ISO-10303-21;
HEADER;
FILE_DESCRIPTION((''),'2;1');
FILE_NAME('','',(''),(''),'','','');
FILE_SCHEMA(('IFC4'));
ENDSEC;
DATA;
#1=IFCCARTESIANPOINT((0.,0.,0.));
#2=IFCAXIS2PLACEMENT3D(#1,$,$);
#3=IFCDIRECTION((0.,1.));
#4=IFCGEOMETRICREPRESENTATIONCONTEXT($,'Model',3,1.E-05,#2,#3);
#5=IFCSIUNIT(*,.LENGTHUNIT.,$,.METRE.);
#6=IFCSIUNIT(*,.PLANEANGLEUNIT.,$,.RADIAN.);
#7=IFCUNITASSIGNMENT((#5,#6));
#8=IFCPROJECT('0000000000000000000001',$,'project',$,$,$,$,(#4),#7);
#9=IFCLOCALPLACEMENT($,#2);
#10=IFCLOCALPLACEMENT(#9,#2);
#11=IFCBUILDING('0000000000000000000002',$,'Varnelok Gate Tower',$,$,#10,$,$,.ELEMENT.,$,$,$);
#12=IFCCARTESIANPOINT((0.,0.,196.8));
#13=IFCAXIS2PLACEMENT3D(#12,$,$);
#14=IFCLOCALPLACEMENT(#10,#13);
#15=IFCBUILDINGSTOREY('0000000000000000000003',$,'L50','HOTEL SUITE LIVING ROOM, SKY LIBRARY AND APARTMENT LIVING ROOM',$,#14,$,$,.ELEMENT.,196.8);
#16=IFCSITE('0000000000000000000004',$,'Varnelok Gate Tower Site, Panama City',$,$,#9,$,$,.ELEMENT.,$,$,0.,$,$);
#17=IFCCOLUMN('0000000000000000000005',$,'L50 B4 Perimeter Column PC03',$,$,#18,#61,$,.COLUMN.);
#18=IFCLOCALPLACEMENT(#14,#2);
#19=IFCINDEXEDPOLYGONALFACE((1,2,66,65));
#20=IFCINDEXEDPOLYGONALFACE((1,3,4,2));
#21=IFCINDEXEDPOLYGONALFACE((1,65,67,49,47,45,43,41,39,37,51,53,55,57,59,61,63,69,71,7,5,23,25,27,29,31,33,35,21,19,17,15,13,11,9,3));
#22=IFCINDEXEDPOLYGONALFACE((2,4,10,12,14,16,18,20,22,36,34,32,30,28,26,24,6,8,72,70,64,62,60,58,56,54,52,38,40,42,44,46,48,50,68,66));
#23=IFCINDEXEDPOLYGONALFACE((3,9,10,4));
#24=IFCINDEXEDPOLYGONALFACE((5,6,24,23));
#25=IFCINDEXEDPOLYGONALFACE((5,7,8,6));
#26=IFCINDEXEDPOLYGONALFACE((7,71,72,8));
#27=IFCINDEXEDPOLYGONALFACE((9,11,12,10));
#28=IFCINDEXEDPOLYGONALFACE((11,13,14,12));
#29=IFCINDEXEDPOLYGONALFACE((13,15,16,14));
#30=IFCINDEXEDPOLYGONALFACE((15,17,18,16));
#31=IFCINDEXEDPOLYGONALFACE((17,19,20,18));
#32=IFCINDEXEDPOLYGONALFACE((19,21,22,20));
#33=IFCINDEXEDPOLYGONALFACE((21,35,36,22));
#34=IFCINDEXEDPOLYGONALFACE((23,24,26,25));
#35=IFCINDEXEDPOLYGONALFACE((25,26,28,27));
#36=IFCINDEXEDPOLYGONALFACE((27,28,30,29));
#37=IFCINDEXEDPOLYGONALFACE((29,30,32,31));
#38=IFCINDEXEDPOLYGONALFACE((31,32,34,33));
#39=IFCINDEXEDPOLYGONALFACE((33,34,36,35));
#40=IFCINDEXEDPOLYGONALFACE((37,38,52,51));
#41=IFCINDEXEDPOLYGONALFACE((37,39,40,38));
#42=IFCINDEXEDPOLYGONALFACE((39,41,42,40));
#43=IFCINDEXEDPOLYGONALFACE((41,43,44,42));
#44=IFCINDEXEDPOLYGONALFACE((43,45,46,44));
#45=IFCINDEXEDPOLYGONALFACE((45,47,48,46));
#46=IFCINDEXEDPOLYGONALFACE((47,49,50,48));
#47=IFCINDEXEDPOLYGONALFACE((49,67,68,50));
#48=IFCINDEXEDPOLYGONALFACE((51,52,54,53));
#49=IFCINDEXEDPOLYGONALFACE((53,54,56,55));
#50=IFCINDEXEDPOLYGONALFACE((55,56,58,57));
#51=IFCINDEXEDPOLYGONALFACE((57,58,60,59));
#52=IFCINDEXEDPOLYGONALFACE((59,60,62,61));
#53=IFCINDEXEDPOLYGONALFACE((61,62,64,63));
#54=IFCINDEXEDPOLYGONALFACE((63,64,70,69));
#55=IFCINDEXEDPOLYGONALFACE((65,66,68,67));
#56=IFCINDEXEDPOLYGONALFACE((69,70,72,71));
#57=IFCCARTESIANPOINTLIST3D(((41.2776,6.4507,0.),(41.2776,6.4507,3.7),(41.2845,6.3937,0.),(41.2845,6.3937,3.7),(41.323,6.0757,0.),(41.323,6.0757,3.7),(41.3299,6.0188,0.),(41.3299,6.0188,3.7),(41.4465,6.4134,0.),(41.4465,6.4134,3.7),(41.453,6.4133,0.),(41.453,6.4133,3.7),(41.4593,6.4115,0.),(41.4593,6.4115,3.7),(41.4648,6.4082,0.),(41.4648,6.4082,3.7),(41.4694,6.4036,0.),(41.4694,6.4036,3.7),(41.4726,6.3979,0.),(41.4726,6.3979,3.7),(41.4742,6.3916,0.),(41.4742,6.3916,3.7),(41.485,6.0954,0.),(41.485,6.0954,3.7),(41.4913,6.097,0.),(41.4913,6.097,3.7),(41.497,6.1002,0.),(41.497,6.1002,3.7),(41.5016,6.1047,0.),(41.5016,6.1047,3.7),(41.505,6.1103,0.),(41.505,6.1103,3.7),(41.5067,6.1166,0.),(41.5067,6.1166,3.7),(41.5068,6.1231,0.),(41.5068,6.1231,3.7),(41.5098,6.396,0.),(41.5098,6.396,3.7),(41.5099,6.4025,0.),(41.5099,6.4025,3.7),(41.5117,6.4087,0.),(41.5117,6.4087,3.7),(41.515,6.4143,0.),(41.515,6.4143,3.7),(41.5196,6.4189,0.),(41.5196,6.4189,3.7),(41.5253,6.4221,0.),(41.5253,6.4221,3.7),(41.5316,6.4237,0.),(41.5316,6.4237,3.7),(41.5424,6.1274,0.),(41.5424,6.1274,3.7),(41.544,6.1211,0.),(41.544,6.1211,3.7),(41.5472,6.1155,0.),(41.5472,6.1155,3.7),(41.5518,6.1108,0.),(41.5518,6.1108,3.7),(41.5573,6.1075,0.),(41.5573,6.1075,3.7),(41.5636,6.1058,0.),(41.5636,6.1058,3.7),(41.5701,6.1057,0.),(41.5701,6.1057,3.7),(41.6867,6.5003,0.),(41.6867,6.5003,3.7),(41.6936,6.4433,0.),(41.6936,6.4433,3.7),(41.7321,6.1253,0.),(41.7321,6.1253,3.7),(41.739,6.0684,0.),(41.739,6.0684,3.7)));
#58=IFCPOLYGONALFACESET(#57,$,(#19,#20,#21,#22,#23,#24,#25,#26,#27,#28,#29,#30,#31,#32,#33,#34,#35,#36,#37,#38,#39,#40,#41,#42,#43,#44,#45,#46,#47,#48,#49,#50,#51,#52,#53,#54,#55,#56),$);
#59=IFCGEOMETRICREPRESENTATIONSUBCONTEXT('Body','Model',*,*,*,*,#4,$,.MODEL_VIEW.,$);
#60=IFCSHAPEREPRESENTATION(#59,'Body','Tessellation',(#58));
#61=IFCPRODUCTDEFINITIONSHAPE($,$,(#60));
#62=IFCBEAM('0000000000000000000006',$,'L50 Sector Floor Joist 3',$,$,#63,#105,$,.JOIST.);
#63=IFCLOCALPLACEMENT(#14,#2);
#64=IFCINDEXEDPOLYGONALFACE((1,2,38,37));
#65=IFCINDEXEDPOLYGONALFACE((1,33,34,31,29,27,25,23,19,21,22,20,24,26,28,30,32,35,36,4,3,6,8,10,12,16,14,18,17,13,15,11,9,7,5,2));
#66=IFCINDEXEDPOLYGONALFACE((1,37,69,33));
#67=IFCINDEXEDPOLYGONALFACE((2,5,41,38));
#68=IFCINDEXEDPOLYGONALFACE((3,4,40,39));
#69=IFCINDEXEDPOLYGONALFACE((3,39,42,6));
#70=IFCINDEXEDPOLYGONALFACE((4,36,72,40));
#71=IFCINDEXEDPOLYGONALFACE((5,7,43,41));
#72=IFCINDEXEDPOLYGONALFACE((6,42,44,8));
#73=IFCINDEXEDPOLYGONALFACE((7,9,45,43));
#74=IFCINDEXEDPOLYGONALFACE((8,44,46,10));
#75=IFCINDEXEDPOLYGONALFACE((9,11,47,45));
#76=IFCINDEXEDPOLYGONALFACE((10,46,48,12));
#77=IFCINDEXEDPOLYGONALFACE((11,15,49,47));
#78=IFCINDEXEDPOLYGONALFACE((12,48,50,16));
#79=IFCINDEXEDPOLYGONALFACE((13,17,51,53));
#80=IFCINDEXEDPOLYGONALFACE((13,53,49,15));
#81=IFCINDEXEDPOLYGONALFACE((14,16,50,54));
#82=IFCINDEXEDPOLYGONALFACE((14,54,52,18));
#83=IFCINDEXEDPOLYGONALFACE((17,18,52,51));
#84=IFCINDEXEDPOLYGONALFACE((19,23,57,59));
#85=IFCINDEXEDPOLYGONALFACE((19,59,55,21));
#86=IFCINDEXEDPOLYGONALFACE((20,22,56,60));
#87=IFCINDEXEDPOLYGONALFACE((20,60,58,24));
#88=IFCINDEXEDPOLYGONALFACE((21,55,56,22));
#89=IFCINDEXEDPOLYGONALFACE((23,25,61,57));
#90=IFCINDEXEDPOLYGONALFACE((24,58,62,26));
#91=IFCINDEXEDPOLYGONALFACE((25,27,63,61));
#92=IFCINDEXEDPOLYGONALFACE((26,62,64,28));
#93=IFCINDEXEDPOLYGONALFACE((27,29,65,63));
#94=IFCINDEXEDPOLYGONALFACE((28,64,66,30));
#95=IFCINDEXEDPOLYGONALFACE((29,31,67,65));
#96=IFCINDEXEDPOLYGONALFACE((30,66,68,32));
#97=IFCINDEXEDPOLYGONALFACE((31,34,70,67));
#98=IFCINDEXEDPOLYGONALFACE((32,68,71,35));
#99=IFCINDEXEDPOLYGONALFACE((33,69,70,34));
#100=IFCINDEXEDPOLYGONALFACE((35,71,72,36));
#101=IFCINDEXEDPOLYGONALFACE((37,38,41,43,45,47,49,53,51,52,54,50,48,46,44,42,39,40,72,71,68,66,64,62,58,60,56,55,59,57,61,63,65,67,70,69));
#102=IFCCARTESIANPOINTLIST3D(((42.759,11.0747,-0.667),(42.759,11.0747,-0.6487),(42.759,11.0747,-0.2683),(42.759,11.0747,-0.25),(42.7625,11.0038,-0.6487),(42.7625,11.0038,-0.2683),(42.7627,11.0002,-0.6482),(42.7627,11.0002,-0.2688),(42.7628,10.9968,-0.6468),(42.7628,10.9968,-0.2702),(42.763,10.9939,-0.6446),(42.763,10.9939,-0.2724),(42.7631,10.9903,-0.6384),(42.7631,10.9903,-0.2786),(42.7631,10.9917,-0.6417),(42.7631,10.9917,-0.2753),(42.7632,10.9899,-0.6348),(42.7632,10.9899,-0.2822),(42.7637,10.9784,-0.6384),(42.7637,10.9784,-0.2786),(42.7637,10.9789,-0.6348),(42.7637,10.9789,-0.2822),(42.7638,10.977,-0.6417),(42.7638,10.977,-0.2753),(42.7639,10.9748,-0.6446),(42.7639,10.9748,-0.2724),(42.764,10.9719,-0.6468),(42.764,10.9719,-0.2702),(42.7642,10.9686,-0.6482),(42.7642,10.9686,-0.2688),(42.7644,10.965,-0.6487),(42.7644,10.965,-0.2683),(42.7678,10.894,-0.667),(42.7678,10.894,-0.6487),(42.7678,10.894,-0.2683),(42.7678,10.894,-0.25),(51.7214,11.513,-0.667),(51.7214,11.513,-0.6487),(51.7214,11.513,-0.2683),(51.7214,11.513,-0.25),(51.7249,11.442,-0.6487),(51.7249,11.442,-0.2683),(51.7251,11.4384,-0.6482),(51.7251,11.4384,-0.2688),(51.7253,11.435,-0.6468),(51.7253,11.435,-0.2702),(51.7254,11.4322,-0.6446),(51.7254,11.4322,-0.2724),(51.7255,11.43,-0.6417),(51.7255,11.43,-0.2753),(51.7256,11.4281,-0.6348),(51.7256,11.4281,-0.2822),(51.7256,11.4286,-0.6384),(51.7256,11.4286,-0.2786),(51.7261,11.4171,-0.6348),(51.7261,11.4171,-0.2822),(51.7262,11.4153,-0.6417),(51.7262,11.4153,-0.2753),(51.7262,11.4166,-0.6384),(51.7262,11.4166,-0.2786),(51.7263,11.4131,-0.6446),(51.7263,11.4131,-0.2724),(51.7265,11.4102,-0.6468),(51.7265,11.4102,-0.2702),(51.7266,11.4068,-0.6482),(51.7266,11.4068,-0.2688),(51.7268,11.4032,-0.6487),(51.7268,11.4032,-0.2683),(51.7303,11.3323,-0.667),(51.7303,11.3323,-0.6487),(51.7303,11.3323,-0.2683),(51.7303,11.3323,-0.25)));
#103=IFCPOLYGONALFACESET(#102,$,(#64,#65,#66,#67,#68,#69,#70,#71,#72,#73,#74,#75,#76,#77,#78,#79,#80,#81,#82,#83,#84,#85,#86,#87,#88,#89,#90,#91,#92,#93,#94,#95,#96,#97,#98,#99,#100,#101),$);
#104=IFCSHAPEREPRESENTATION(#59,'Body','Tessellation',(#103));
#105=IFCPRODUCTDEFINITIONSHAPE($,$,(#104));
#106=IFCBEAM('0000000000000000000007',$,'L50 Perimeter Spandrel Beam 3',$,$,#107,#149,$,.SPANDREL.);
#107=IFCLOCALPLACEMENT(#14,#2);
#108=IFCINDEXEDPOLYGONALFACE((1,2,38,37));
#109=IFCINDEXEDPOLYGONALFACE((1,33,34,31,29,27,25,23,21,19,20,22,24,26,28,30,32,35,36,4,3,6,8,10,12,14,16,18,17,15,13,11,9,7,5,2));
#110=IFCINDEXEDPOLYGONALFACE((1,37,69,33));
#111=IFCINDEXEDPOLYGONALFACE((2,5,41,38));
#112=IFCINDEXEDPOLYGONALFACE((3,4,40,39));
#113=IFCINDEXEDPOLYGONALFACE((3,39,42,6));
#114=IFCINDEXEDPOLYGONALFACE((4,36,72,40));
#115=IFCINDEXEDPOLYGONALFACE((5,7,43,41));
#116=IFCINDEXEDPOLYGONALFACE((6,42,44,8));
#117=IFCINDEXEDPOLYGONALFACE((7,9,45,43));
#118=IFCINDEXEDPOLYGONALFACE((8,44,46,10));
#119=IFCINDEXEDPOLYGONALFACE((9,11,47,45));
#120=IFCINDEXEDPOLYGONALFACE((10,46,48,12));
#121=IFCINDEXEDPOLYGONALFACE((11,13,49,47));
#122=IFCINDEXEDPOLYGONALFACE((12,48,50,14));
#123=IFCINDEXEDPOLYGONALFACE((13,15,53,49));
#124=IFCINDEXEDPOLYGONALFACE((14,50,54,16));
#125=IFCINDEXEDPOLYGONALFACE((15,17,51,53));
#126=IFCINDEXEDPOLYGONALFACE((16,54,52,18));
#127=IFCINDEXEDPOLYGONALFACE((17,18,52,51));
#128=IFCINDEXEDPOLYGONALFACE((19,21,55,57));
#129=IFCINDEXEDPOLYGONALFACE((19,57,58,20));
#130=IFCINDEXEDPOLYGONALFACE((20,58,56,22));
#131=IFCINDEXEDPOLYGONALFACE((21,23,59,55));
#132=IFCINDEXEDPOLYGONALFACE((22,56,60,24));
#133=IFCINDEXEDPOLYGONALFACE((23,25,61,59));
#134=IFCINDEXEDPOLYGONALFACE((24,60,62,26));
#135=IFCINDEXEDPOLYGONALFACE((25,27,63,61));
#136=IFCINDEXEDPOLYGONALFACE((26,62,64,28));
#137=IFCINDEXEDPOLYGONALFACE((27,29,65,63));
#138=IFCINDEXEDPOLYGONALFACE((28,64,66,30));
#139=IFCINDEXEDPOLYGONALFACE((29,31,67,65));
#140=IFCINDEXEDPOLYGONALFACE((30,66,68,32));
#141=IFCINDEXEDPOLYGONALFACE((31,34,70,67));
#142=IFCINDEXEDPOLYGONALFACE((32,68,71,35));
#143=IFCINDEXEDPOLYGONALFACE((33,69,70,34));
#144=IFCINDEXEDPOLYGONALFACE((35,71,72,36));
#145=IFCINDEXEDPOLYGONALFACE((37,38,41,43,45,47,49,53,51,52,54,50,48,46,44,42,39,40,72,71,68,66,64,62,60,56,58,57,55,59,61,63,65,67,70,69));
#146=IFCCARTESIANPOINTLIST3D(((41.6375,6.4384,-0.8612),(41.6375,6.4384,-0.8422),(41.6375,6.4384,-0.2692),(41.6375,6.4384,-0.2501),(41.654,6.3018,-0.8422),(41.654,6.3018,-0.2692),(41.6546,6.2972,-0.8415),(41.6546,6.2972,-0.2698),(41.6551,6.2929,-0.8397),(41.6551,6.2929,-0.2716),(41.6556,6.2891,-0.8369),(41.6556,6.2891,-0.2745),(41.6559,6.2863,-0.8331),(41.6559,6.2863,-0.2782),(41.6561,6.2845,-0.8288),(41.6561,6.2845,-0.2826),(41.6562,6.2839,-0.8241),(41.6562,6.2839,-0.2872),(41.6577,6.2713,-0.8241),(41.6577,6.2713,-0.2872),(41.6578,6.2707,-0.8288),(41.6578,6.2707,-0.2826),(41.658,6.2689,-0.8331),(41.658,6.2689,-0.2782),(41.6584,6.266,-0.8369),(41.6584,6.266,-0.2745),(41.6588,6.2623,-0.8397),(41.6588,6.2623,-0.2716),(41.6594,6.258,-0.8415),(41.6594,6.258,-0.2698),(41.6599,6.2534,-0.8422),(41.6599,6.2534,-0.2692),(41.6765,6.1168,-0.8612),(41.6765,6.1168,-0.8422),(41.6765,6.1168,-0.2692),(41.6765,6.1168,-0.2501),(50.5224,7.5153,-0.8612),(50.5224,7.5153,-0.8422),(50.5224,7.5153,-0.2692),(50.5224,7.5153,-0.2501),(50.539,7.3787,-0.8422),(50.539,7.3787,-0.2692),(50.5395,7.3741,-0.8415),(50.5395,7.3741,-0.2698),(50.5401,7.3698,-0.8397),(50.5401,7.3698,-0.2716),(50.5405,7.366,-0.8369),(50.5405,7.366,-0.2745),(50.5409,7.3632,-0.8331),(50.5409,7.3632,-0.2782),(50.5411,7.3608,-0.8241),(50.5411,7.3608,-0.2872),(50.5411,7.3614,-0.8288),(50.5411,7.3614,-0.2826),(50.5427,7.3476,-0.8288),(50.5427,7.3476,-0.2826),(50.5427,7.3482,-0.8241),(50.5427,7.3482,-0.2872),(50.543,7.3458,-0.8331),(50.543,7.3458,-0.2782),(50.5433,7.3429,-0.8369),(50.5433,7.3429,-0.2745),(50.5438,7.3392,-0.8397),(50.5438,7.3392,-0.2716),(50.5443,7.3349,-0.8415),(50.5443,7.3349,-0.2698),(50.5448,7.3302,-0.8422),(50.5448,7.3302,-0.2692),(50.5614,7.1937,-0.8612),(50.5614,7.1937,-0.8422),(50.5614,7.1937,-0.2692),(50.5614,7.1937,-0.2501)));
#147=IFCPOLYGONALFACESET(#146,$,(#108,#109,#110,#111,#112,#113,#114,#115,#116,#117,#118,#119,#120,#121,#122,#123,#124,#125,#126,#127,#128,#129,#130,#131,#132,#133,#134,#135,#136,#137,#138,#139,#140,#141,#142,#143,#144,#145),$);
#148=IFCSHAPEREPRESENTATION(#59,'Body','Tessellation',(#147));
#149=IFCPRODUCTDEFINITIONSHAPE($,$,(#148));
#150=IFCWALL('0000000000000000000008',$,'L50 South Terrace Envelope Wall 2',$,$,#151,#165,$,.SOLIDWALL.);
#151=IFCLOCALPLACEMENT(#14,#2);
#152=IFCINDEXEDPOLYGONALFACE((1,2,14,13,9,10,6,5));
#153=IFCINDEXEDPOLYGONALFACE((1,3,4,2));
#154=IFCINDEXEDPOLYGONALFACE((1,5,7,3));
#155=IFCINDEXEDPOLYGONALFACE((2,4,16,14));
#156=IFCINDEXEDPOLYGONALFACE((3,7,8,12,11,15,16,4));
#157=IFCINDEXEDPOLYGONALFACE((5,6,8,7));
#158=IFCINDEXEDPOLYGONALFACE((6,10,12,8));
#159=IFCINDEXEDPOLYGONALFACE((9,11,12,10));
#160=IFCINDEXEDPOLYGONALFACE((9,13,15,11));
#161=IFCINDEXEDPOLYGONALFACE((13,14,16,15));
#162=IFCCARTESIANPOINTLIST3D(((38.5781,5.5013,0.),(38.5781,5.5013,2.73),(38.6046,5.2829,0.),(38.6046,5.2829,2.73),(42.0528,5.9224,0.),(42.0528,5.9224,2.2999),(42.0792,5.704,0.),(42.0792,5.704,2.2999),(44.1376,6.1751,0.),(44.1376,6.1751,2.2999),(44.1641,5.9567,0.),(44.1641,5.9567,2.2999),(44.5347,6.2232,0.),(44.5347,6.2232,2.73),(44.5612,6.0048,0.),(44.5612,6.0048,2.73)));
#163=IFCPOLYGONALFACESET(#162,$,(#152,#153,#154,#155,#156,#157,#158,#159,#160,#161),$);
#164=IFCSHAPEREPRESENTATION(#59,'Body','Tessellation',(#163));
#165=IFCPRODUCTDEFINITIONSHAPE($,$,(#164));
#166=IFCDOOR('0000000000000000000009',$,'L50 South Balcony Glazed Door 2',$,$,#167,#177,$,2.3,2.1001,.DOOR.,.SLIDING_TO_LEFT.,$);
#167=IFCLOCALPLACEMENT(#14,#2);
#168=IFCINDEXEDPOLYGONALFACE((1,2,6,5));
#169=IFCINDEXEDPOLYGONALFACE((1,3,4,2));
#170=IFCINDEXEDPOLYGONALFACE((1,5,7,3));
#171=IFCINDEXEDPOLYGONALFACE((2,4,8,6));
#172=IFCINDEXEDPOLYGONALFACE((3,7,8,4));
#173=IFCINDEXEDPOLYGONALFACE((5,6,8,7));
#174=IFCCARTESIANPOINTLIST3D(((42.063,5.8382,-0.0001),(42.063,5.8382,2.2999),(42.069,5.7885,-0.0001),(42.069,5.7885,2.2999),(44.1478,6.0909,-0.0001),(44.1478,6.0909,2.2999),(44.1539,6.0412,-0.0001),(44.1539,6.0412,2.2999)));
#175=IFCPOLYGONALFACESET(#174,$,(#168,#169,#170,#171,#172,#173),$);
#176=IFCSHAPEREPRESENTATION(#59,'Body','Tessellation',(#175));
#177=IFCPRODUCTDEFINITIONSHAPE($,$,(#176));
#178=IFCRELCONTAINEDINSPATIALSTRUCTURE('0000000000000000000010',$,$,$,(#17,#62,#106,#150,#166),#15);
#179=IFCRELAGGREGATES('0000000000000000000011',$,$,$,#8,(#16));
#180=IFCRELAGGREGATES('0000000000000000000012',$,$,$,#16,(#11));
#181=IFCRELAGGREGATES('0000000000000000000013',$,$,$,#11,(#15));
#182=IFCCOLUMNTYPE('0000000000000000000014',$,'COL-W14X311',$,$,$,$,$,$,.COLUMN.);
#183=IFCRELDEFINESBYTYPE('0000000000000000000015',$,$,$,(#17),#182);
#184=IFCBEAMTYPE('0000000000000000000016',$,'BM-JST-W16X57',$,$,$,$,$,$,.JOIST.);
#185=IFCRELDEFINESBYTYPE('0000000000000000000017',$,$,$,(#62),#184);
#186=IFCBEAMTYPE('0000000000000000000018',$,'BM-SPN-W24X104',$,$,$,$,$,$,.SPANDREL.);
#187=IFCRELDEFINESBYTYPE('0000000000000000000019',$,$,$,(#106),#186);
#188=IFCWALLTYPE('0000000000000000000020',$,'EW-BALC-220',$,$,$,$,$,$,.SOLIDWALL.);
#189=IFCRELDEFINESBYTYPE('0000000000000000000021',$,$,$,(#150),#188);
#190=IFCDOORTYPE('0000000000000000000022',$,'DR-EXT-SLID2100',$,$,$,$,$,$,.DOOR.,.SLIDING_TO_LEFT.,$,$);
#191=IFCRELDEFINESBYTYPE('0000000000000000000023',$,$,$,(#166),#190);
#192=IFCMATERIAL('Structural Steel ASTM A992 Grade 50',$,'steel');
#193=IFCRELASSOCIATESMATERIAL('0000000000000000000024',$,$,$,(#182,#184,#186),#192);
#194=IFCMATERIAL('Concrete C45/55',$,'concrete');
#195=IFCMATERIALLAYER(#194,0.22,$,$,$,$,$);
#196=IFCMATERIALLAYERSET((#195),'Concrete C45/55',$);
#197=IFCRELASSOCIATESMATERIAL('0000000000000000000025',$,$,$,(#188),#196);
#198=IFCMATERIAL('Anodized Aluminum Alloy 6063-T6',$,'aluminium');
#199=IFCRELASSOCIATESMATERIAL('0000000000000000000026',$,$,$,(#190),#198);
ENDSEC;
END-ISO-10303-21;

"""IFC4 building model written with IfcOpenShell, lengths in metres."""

from ifc_helpers import new_model, si_unit, direction, frame, frame_2d, origin, origin_2d, place, context, subcontext, project, spatial, rectangle, i_section, extrude, material, layer, layer_set, material_profile, profile_set, type_object, element, fill, save


model = new_model("IFC4")

# Units and contexts
model_context = context("Model", 3, precision=1e-05, world=origin(), true_north=direction((0.0, 1.0)))
body_context = subcontext(model_context, "Body", "Model", "MODEL_VIEW")
ifc_project = project(units=[si_unit("LENGTHUNIT", "METRE"), si_unit("PLANEANGLEUNIT", "RADIAN")], contexts=[model_context])

# Site, building, storey
site_placement = place(None, origin())
site = spatial("IfcSite", under=ifc_project, at=site_placement, Name="Varnelok Gate Tower Site, Panama City", CompositionType="ELEMENT", RefElevation=0.0)
building_placement = place(site_placement, origin())
building = spatial("IfcBuilding", under=site, at=building_placement, Name="Varnelok Gate Tower", CompositionType="ELEMENT")
storey_placement = place(building_placement, frame((0.0, 0.0, 196.8)))
storey = spatial("IfcBuildingStorey", under=building, at=storey_placement, Name="L50", Description="HOTEL SUITE LIVING ROOM, SKY LIBRARY AND APARTMENT LIVING ROOM", CompositionType="ELEMENT", Elevation=196.8)

# Column
ifc_material_1 = material(Name="Structural Steel ASTM A992 Grade 50", Category="steel")
ifc_material_profile_1 = material_profile(ifc_material_1, i_section(OverallWidth=0.4121, OverallDepth=0.4351, WebThickness=0.0359, FlangeThickness=0.0574, FilletRadius=0.0249, at=origin_2d()), Name="W14X311")
ifc_profile_set_1 = profile_set([ifc_material_profile_1], Name="Structural Steel ASTM A992 Grade 50")
column_type = type_object("IfcColumnType", Name="COL-W14X311", PredefinedType="COLUMN", material=ifc_profile_set_1)
column_placement = place(storey_placement, frame((41.5083, 6.2595, 0.0), z_axis=(0.0, 0.0, 1.0), x_axis=(0.992732, 0.120345, 0.0)))
element("IfcColumn", 1, at=column_placement, inside=storey, type_object=column_type, Name="L50 B4 Perimeter Column PC03", PredefinedType="COLUMN", context=body_context, shape_type="SweptSolid", body=[
    extrude(i_section(OverallWidth=0.4121, OverallDepth=0.4351, WebThickness=0.0359, FlangeThickness=0.0574, FilletRadius=0.0249, at=origin_2d()), origin(), (0.0, 0.0, 1.0), 3.7),
])

# Beams
ifc_material_profile_2 = material_profile(ifc_material_1, i_section(OverallWidth=0.1809, OverallDepth=0.417, WebThickness=0.011, FlangeThickness=0.0183, FilletRadius=0.0139, at=origin_2d()), Name="W16X57")
ifc_profile_set_2 = profile_set([ifc_material_profile_2], Name="Structural Steel ASTM A992 Grade 50")
beam_type_1 = type_object("IfcBeamType", Name="BM-JST-W16X57", PredefinedType="JOIST", material=ifc_profile_set_2)
beam_1_placement = place(storey_placement, frame((42.7634, 10.9844, -0.4585), z_axis=(0.998807, 0.048838, 0.0), x_axis=(-0.048838, 0.998807, 0.0)))
element("IfcBeam", 2, at=beam_1_placement, inside=storey, type_object=beam_type_1, Name="L50 Sector Floor Joist 3", PredefinedType="JOIST", context=body_context, shape_type="SweptSolid", body=[
    extrude(i_section(OverallWidth=0.1809, OverallDepth=0.417, WebThickness=0.011, FlangeThickness=0.0183, FilletRadius=0.0139, at=origin_2d()), origin(), (0.0, 0.0, 1.0), 8.9731),
])
ifc_material_profile_3 = material_profile(ifc_material_1, i_section(OverallWidth=0.324, OverallDepth=0.6111, WebThickness=0.0127, FlangeThickness=0.019, FilletRadius=0.0181, at=origin_2d()), Name="W24X104")
ifc_profile_set_3 = profile_set([ifc_material_profile_3], Name="Structural Steel ASTM A992 Grade 50")
beam_type_2 = type_object("IfcBeamType", Name="BM-SPN-W24X104", PredefinedType="SPANDREL", material=ifc_profile_set_3)
beam_2_placement = place(storey_placement, frame((41.657, 6.2776, -0.5557), z_axis=(0.992735, 0.120324, 0.0), x_axis=(-0.120324, 0.992735, 0.0)))
element("IfcBeam", 3, at=beam_2_placement, inside=storey, type_object=beam_type_2, Name="L50 Perimeter Spandrel Beam 3", PredefinedType="SPANDREL", context=body_context, shape_type="SweptSolid", body=[
    extrude(i_section(OverallWidth=0.324, OverallDepth=0.6111, WebThickness=0.0127, FlangeThickness=0.019, FilletRadius=0.0181, at=origin_2d()), origin(), (0.0, 0.0, 1.0), 8.95),
])

# Wall, opening, door
ifc_material_2 = material(Name="Concrete C45/55", Category="concrete")
ifc_layer_1 = layer(ifc_material_2, 0.22)
ifc_layer_set_1 = layer_set([ifc_layer_1], Name="Concrete C45/55")
wall_type_1 = type_object("IfcWallType", Name="EW-BALC-220", PredefinedType="SOLIDWALL", material=ifc_layer_set_1)
wall_1_placement = place(storey_placement, frame((44.5479, 6.114, 0.0), z_axis=(0.0, 0.0, 1.0), x_axis=(-0.992735, -0.120318, 0.0)))
wall_1 = element("IfcWall", 4, at=wall_1_placement, inside=storey, type_object=wall_type_1, Name="L50 South Terrace Envelope Wall 2", PredefinedType="SOLIDWALL", context=body_context, shape_type="SweptSolid", body=[
    extrude(rectangle(XDim=6.0002, YDim=0.22, at=frame_2d((3.0, 0.0))), origin(), (0.0, 0.0, 1.0), 2.73),
])
opening_1_placement = place(wall_1_placement, frame((0.3999, 0.0, 0.0)))
opening_1 = element("IfcOpeningElement", 5, at=opening_1_placement, cuts=wall_1, PredefinedType="OPENING", context=body_context, shape_type="SweptSolid", body=[
    extrude(rectangle(XDim=2.1001, YDim=2.3, at=frame_2d((1.05, 1.1499))), frame((0.0, 0.1199, 0.0), z_axis=(0.0, -1.0, 0.0), x_axis=(1.0, 0.0, 0.0)), (0.0, 0.0, 1.0), 0.24),
])
ifc_material_3 = material(Name="Anodized Aluminum Alloy 6063-T6", Category="aluminium")
door_type = type_object("IfcDoorType", Name="DR-EXT-SLID2100", OperationType="SLIDING_TO_LEFT", PredefinedType="DOOR", material=ifc_material_3)
door_placement = place(opening_1_placement, origin())
door = element("IfcDoor", 6, at=door_placement, inside=storey, type_object=door_type, Name="L50 South Balcony Glazed Door 2", OperationType="SLIDING_TO_LEFT", OverallHeight=2.3, OverallWidth=2.1001, PredefinedType="DOOR", context=body_context, shape_type="SweptSolid", body=[
    extrude(rectangle(XDim=2.1001, YDim=2.3, at=frame_2d((1.05, 1.1499))), frame((0.0, 0.0249, 0.0), z_axis=(0.0, -1.0, 0.0), x_axis=(1.0, 0.0, 0.0)), (0.0, 0.0, 1.0), 0.05),
])
fill(opening_1, door)

save(model, "model.ifc")
